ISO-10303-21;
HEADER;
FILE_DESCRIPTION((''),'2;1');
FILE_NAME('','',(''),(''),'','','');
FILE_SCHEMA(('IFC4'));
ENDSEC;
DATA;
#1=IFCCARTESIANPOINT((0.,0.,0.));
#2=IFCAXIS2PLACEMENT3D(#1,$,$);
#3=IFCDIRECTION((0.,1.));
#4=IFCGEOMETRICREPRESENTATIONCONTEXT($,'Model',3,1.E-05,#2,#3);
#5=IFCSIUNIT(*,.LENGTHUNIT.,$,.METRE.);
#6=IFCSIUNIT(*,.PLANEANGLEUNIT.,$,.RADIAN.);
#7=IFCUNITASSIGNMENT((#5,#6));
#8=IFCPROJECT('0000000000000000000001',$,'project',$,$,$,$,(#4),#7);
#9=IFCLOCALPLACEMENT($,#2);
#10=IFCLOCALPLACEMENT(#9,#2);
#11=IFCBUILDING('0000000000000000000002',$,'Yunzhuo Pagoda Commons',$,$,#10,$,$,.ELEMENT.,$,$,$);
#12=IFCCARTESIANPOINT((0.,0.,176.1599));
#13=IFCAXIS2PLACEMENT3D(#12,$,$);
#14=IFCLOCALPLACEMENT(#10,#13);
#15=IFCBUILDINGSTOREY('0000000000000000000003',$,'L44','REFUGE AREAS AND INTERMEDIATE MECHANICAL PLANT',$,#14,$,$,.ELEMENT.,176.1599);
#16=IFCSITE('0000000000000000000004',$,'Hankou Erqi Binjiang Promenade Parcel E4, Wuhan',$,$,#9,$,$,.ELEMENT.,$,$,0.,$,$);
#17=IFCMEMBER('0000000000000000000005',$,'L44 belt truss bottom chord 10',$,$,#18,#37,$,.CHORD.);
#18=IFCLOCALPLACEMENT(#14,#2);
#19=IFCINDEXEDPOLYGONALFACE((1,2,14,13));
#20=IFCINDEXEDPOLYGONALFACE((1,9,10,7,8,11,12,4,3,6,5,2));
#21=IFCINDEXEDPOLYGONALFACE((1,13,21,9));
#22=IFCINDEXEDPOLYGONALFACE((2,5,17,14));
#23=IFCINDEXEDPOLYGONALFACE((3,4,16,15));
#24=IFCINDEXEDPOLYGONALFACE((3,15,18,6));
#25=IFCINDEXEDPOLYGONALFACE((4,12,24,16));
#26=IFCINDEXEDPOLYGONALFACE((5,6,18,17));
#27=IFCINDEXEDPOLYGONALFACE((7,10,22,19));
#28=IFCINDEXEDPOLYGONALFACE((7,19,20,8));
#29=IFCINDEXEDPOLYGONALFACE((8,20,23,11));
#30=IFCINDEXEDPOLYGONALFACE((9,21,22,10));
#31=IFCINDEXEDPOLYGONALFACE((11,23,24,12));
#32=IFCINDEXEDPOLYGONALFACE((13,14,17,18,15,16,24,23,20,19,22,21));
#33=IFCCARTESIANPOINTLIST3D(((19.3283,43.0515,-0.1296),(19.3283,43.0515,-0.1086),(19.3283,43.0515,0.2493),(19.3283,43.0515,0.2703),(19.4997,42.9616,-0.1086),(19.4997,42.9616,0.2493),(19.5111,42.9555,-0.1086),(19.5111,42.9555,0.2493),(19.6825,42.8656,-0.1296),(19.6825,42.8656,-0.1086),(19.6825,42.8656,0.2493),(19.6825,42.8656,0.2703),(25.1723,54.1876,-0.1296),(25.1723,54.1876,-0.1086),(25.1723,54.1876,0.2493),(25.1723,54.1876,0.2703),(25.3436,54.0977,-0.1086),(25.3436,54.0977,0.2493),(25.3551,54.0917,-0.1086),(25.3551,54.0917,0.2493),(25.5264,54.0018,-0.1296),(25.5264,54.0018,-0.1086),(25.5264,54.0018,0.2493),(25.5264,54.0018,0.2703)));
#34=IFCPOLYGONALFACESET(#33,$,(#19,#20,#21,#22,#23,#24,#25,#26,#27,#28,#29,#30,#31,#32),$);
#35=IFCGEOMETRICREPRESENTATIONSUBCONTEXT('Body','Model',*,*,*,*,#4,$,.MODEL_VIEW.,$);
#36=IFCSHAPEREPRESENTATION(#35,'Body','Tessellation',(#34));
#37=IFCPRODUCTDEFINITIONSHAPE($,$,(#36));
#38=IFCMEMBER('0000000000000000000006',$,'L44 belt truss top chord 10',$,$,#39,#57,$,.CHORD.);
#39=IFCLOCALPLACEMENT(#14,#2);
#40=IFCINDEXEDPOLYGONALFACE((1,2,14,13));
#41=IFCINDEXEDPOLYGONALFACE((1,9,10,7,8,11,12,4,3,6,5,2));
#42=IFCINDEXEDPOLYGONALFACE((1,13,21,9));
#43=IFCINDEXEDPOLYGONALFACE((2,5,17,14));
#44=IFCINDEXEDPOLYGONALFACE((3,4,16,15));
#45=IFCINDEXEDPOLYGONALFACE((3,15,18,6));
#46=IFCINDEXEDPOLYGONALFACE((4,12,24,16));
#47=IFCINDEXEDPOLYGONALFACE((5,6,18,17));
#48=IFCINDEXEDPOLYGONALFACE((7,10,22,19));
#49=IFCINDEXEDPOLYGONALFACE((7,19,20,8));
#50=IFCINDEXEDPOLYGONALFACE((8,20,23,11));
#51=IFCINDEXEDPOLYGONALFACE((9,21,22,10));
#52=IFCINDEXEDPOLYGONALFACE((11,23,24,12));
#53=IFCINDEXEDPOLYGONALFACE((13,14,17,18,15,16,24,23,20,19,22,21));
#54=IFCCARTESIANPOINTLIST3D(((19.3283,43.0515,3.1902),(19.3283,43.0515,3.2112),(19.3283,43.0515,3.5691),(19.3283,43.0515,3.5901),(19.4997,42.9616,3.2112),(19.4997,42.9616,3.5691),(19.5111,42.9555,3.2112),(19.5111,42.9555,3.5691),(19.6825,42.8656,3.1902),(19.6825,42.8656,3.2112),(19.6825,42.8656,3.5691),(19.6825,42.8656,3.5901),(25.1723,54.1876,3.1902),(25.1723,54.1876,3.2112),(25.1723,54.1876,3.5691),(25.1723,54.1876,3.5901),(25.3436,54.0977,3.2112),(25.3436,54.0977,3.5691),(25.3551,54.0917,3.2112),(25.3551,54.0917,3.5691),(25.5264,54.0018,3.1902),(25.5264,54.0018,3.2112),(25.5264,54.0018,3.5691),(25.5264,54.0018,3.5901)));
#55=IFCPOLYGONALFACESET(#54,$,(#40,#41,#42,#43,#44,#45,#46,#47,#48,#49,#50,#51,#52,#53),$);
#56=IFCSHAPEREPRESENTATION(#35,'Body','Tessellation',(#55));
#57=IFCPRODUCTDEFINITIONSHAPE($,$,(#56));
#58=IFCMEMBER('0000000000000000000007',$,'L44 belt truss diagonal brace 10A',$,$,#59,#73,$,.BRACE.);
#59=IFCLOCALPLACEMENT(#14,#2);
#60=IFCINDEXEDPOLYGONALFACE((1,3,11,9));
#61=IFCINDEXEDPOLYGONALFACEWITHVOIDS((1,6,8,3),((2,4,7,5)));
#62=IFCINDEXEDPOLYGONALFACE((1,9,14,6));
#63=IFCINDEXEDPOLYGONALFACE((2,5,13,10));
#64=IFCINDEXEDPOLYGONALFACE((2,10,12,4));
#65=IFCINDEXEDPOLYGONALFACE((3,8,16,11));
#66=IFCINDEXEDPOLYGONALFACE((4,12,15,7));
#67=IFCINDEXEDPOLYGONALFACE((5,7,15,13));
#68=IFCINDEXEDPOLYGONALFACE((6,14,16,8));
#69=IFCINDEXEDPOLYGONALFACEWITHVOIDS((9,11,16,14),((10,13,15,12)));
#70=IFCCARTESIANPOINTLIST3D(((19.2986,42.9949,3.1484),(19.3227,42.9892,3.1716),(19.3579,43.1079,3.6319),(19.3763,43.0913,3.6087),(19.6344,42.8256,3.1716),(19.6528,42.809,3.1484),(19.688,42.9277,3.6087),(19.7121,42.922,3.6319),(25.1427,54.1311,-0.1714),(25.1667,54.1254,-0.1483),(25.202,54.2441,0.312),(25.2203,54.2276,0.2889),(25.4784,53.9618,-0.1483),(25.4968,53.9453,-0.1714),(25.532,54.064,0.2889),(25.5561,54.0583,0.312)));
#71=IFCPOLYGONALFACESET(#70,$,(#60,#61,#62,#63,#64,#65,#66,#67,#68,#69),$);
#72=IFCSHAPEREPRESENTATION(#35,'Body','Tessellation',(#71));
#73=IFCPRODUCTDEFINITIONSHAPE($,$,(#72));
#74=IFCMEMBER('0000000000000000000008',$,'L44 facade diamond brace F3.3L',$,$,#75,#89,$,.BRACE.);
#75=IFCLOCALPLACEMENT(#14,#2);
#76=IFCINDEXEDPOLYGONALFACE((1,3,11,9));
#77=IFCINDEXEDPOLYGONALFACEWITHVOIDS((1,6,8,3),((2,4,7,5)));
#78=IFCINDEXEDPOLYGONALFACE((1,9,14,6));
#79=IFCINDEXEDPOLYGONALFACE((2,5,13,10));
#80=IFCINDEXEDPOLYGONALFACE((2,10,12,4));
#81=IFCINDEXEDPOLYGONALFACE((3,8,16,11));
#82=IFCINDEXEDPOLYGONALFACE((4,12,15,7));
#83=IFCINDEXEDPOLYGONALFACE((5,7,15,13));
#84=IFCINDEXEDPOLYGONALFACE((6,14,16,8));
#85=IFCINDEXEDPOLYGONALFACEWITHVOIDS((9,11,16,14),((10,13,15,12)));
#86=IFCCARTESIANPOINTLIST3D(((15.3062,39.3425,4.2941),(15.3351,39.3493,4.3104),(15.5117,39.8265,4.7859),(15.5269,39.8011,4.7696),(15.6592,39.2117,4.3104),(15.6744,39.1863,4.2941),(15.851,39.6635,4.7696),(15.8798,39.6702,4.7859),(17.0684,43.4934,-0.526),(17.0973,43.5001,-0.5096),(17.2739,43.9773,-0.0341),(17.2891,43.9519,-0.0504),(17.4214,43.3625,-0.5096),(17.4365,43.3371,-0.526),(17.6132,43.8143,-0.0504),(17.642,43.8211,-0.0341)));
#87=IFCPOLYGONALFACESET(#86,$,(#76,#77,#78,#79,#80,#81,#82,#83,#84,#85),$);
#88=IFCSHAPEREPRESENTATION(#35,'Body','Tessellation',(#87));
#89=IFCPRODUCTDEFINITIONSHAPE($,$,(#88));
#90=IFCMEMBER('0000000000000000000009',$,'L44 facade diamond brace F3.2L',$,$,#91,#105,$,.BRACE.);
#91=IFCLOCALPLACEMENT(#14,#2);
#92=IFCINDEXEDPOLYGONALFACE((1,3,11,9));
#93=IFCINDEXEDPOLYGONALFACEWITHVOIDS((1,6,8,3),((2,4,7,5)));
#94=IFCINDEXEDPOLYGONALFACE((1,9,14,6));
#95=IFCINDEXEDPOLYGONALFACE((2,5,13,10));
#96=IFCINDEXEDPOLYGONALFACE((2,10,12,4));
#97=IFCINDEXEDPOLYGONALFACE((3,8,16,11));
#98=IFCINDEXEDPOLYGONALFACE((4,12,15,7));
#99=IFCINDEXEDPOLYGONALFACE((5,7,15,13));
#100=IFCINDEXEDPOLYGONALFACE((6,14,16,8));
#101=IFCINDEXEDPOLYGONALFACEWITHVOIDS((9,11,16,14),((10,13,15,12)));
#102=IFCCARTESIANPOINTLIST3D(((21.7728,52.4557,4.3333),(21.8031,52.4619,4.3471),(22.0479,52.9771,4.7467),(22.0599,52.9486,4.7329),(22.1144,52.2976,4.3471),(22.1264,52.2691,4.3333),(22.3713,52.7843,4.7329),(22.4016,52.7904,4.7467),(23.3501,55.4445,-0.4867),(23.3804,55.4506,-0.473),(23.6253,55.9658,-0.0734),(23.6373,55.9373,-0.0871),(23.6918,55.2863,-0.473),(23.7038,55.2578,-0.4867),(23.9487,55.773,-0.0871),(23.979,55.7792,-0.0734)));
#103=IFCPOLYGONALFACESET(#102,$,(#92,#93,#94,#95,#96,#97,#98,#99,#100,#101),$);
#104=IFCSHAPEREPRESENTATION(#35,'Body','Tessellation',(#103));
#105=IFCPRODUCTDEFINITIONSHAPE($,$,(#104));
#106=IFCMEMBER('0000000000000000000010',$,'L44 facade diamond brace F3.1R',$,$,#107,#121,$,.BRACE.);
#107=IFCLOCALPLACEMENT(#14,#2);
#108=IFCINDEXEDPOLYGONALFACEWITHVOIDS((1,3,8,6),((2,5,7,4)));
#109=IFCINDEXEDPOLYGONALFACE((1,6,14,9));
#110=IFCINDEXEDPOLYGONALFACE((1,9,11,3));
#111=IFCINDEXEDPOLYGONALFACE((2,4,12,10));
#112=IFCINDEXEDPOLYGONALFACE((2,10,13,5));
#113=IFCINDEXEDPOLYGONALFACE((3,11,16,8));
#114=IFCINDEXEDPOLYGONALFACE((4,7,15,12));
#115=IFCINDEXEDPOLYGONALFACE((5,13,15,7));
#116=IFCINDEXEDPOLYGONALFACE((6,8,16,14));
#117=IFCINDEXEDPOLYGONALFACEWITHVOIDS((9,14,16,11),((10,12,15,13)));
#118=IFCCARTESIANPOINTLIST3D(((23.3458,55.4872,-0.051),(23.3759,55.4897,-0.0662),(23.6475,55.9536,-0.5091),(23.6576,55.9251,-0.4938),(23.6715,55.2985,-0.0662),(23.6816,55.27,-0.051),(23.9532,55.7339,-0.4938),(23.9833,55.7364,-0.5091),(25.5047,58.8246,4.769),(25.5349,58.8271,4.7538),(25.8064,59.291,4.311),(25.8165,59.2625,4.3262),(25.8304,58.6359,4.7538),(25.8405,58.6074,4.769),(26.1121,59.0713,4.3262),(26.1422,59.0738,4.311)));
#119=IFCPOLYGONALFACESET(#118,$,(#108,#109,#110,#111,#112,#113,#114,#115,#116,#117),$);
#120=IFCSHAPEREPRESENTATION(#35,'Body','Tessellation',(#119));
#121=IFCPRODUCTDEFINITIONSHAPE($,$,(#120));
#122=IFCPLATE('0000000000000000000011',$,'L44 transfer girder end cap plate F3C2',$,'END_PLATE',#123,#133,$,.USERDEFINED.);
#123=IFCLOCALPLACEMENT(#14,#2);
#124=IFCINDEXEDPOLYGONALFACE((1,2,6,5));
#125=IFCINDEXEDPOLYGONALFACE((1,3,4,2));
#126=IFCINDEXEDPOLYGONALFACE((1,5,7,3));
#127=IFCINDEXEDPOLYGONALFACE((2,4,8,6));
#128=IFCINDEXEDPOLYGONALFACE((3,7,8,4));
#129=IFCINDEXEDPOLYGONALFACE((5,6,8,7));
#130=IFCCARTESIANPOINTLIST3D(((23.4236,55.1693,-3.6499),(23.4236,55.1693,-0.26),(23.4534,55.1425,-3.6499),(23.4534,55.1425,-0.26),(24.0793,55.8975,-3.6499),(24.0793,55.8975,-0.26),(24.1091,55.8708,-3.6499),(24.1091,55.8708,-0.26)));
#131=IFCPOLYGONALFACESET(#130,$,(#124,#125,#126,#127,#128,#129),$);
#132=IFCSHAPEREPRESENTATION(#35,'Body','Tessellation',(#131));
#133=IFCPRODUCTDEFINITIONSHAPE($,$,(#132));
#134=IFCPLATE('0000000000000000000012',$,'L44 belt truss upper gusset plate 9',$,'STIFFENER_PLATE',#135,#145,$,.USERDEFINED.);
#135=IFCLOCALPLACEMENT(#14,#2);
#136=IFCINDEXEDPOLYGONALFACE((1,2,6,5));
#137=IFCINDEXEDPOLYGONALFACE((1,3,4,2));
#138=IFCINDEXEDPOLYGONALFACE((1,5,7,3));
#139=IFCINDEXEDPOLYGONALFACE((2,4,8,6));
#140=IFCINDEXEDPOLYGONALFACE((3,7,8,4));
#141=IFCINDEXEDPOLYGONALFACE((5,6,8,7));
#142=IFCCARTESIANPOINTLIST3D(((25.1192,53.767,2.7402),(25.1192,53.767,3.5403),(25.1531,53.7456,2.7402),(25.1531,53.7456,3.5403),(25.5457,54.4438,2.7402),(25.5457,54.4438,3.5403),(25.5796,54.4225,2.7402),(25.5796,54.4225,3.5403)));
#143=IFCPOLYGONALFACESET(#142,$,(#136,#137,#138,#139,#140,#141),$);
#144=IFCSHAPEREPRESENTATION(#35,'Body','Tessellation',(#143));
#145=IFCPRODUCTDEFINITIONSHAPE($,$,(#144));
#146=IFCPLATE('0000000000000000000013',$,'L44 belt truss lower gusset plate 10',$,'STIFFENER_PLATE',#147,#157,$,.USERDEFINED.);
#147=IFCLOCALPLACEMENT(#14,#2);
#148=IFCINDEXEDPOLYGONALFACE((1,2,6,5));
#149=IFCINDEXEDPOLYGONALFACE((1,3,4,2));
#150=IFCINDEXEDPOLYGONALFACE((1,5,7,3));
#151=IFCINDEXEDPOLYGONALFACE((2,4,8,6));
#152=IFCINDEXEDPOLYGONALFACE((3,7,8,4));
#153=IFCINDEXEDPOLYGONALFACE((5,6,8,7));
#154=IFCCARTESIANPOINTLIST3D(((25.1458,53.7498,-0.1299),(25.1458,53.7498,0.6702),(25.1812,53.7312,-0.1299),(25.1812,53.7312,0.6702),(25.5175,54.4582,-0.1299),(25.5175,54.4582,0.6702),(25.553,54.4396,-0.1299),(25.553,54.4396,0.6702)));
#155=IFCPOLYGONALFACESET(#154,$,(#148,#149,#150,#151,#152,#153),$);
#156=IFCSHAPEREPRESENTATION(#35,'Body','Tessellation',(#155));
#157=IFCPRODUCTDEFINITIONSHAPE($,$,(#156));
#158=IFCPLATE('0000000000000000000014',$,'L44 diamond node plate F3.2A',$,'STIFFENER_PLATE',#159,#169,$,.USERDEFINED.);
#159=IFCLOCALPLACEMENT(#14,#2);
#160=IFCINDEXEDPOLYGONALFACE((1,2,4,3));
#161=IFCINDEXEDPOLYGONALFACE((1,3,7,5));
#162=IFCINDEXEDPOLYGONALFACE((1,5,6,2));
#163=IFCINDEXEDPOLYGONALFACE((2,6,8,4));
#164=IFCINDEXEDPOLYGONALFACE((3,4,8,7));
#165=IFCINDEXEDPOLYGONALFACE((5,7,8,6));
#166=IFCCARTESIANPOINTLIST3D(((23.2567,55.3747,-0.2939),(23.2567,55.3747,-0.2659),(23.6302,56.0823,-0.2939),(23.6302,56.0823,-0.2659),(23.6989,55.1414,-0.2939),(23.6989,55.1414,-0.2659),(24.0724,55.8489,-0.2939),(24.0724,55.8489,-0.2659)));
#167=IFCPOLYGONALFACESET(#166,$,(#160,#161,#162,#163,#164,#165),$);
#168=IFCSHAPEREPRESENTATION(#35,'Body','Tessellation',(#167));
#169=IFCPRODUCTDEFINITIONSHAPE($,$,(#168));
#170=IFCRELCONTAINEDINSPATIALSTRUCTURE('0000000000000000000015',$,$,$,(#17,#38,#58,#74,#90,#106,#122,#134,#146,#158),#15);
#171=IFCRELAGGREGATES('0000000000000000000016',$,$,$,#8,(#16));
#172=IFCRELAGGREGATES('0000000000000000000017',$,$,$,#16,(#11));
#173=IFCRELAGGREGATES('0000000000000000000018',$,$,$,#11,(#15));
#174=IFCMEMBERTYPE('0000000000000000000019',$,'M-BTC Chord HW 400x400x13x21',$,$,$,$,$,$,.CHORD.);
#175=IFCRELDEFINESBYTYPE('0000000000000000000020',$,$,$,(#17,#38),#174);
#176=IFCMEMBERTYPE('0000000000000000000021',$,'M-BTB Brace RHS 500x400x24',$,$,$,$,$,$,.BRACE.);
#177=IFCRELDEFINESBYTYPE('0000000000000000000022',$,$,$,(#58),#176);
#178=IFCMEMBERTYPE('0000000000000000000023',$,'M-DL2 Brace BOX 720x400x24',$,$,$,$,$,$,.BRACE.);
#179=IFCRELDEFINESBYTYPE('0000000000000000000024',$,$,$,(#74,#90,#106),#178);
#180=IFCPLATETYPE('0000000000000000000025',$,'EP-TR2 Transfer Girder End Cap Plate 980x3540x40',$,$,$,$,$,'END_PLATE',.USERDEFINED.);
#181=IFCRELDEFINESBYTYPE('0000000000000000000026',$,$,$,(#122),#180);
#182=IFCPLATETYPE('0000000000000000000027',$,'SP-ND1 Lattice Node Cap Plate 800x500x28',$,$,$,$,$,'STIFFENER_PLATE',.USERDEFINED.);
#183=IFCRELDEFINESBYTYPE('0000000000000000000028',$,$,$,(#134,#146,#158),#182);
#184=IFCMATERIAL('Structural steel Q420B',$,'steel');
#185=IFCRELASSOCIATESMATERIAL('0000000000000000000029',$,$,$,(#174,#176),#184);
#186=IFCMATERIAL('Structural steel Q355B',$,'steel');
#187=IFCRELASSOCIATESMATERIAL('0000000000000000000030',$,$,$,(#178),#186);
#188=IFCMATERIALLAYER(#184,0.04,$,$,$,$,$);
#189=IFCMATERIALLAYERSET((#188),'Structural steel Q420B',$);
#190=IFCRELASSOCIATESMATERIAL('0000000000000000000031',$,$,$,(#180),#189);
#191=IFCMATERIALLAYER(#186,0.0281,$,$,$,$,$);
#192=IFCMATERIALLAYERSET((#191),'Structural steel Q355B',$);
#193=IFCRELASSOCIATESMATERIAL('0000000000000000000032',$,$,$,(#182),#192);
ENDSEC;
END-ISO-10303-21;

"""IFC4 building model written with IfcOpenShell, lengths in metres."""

from ifc_helpers import new_model, si_unit, direction, frame, origin, origin_2d, place, context, subcontext, project, spatial, rectangle, hollow_rectangle, i_section, extrude, source, transform, mapped, material, layer, layer_set, material_profile, profile_set, type_object, element, save


model = new_model("IFC4")

# Units and contexts
model_context = context("Model", 3, precision=1e-05, world=origin(), true_north=direction((0.0, 1.0)))
body_context = subcontext(model_context, "Body", "Model", "MODEL_VIEW")
ifc_project = project(units=[si_unit("LENGTHUNIT", "METRE"), si_unit("PLANEANGLEUNIT", "RADIAN")], contexts=[model_context])

# Site, building, storey
site_placement = place(None, origin())
site = spatial("IfcSite", under=ifc_project, at=site_placement, Name="Hankou Erqi Binjiang Promenade Parcel E4, Wuhan", CompositionType="ELEMENT", RefElevation=0.0)
building_placement = place(site_placement, origin())
building = spatial("IfcBuilding", under=site, at=building_placement, Name="Yunzhuo Pagoda Commons", CompositionType="ELEMENT")
storey_placement = place(building_placement, frame((0.0, 0.0, 176.1599)))
storey = spatial("IfcBuildingStorey", under=building, at=storey_placement, Name="L44", Description="REFUGE AREAS AND INTERMEDIATE MECHANICAL PLANT", CompositionType="ELEMENT", Elevation=176.1599)

# Shared definitions
ifc_material_1 = material(Name="Structural steel Q420B", Category="steel")

# Shared definitions
ifc_material_2 = material(Name="Structural steel Q355B", Category="steel")

# Members
ifc_material_profile_1 = material_profile(ifc_material_1, i_section(OverallWidth=0.3999, OverallDepth=0.3999, WebThickness=0.0129, FlangeThickness=0.021, at=origin_2d()), Name="Structural steel Q420B")
ifc_profile_set_1 = profile_set([ifc_material_profile_1], Name="Structural steel Q420B")
member_type_1 = type_object("IfcMemberType", Name="M-BTC Chord HW 400x400x13x21", PredefinedType="CHORD", material=ifc_profile_set_1)
shared_shape_1 = source(origin(), body_context, "Body", "SweptSolid", [
    extrude(i_section(OverallWidth=0.3999, OverallDepth=0.3999, WebThickness=0.0129, FlangeThickness=0.021, at=origin_2d()), origin(), (0.0, 0.0, 1.0), 12.5764),
])
for number, where, z_axis, x_axis, name in (
    (1, (25.3494, 54.0947, 0.0703), (-0.464676, -0.885481, 0.0), (0.885481, -0.464676, 0.0), "L44 belt truss bottom chord 10"),
    (2, (25.3494, 54.0947, 3.3901), (-0.464676, -0.885481, 0.0), (0.885481, -0.464676, 0.0), "L44 belt truss top chord 10"),
):
    element("IfcMember", number, at=place(storey_placement, frame(where, z_axis=z_axis, x_axis=x_axis)), inside=storey, type_object=member_type_1, Name=name, PredefinedType="CHORD", context=body_context, shape_type="MappedRepresentation", body=[
        mapped(shared_shape_1, transform((0.0, 0.0, 0.0), scale=1.0)),
    ])
ifc_material_profile_2 = material_profile(ifc_material_1, hollow_rectangle(XDim=0.3999, YDim=0.5, WallThickness=0.0239, at=origin_2d()), Name="Structural steel Q420B")
ifc_profile_set_2 = profile_set([ifc_material_profile_2], Name="Structural steel Q420B")
member_type_2 = type_object("IfcMemberType", Name="M-BTB Brace RHS 500x400x24", PredefinedType="BRACE", material=ifc_profile_set_2)
shared_shape_2 = source(origin(), body_context, "Body", "SweptSolid", [
    extrude(hollow_rectangle(XDim=0.3999, YDim=0.5, WallThickness=0.0239, at=origin_2d()), origin(), (0.0, 0.0, 1.0), 13.0073),
])
member_1_placement = place(storey_placement, frame((25.3494, 54.0947, 0.0703), z_axis=(-0.449287, -0.856154, 0.255228), x_axis=(0.885481, -0.464676, 0.0)))
element("IfcMember", 3, at=member_1_placement, inside=storey, type_object=member_type_2, Name="L44 belt truss diagonal brace 10A", PredefinedType="BRACE", context=body_context, shape_type="MappedRepresentation", body=[
    mapped(shared_shape_2, transform((0.0, 0.0, 0.0), scale=1.0)),
])
ifc_material_profile_3 = material_profile(ifc_material_2, hollow_rectangle(XDim=0.3999, YDim=0.72, WallThickness=0.0239, at=origin_2d()), Name="Structural steel Q355B")
ifc_profile_set_3 = profile_set([ifc_material_profile_3], Name="Structural steel Q355B")
member_type_3 = type_object("IfcMemberType", Name="M-DL2 Brace BOX 720x400x24", PredefinedType="BRACE", material=ifc_profile_set_3)
shared_shape_3 = source(origin(), body_context, "Body", "SweptSolid", [
    extrude(hollow_rectangle(XDim=0.3999, YDim=0.72, WallThickness=0.0239, at=origin_2d()), origin(), (0.0, 0.0, 1.0), 6.6006),
])
member_2_placement = place(storey_placement, frame((17.3552, 43.6572, -0.28), z_axis=(-0.266976, -0.628862, 0.730244), x_axis=(0.920484, -0.390781, 0.0)))
element("IfcMember", 4, at=member_2_placement, inside=storey, type_object=member_type_3, Name="L44 facade diamond brace F3.3L", PredefinedType="BRACE", context=body_context, shape_type="MappedRepresentation", body=[
    mapped(shared_shape_3, transform((0.0, 0.0, 0.0), scale=1.0)),
])
shared_shape_4 = source(origin(), body_context, "Body", "SweptSolid", [
    extrude(hollow_rectangle(XDim=0.3999, YDim=0.72, WallThickness=0.0239, at=origin_2d()), origin(), (0.0, 0.0, 1.0), 5.8867),
])
member_3_placement = place(storey_placement, frame((23.6646, 55.6118, -0.28), z_axis=(-0.267956, -0.50771, 0.818798), x_axis=(0.884386, -0.466755, 0.0)))
element("IfcMember", 5, at=member_3_placement, inside=storey, type_object=member_type_3, Name="L44 facade diamond brace F3.2L", PredefinedType="BRACE", context=body_context, shape_type="MappedRepresentation", body=[
    mapped(shared_shape_4, transform((0.0, 0.0, 0.0), scale=1.0)),
])
shared_shape_5 = source(origin(), body_context, "Body", "SweptSolid", [
    extrude(hollow_rectangle(XDim=0.3999, YDim=0.72, WallThickness=0.0239, at=origin_2d()), origin(), (0.0, 0.0, 1.0), 6.2476),
])
member_4_placement = place(storey_placement, frame((23.6646, 55.6118, -0.28), z_axis=(0.345563, 0.534191, 0.771509), x_axis=(-0.839634, 0.543152, 0.0)))
element("IfcMember", 6, at=member_4_placement, inside=storey, type_object=member_type_3, Name="L44 facade diamond brace F3.1R", PredefinedType="BRACE", context=body_context, shape_type="MappedRepresentation", body=[
    mapped(shared_shape_5, transform((0.0, 0.0, 0.0), scale=1.0)),
])

# Plates
ifc_layer_1 = layer(ifc_material_1, 0.04)
ifc_layer_set_1 = layer_set([ifc_layer_1], Name="Structural steel Q420B")
plate_type_1 = type_object("IfcPlateType", Name="EP-TR2 Transfer Girder End Cap Plate 980x3540x40", ElementType="END_PLATE", PredefinedType="USERDEFINED", material=ifc_layer_set_1)
shared_shape_6 = source(origin(), body_context, "Body", "SweptSolid", [
    extrude(rectangle(XDim=0.98, YDim=0.04, at=origin_2d()), origin(), (0.0, 0.0, 1.0), 3.3899),
])
plate_1_placement = place(storey_placement, frame((23.7664, 55.52, -3.6499), z_axis=(0.0, 0.0, 1.0), x_axis=(-0.669131, -0.743145, 0.0)))
element("IfcPlate", 7, at=plate_1_placement, inside=storey, type_object=plate_type_1, Name="L44 transfer girder end cap plate F3C2", ObjectType="END_PLATE", PredefinedType="USERDEFINED", context=body_context, shape_type="MappedRepresentation", body=[
    mapped(shared_shape_6, transform((0.0, 0.0, 0.0), scale=1.0)),
])
ifc_layer_2 = layer(ifc_material_2, 0.0281)
ifc_layer_set_2 = layer_set([ifc_layer_2], Name="Structural steel Q355B")
plate_type_2 = type_object("IfcPlateType", Name="SP-ND1 Lattice Node Cap Plate 800x500x28", ElementType="STIFFENER_PLATE", PredefinedType="USERDEFINED", material=ifc_layer_set_2)
shared_shape_7 = source(origin(), body_context, "Body", "SweptSolid", [
    extrude(rectangle(XDim=0.8, YDim=0.04, at=origin_2d()), origin(), (0.0, 0.0, 1.0), 0.8),
])
for number, where, z_axis, x_axis, name in (
    (8, (25.3494, 54.0947, 2.7402), (0.0, 0.0, 1.0), (-0.533098, -0.846054, 0.0), "L44 belt truss upper gusset plate 9"),
    (9, (25.3494, 54.0947, -0.1299), (0.0, 0.0, 1.0), (-0.464672, -0.885483, 0.0), "L44 belt truss lower gusset plate 10"),
):
    element("IfcPlate", number, at=place(storey_placement, frame(where, z_axis=z_axis, x_axis=x_axis)), inside=storey, type_object=plate_type_2, Name=name, ObjectType="STIFFENER_PLATE", PredefinedType="USERDEFINED", context=body_context, shape_type="MappedRepresentation", body=[
        mapped(shared_shape_7, transform((0.0, 0.0, 0.0), scale=1.0)),
    ])
shared_shape_8 = source(origin(), body_context, "Body", "SweptSolid", [
    extrude(rectangle(XDim=0.8, YDim=0.5, at=origin_2d()), origin(), (0.0, 0.0, 1.0), 0.0281),
])
plate_2_placement = place(storey_placement, frame((23.6646, 55.6118, -0.2939), z_axis=(0.0, 0.0, 1.0), x_axis=(-0.466788, -0.884369, 0.0)))
element("IfcPlate", 10, at=plate_2_placement, inside=storey, type_object=plate_type_2, Name="L44 diamond node plate F3.2A", ObjectType="STIFFENER_PLATE", PredefinedType="USERDEFINED", context=body_context, shape_type="MappedRepresentation", body=[
    mapped(shared_shape_8, transform((0.0, 0.0, 0.0), scale=1.0)),
])

save(model, "model.ifc")
